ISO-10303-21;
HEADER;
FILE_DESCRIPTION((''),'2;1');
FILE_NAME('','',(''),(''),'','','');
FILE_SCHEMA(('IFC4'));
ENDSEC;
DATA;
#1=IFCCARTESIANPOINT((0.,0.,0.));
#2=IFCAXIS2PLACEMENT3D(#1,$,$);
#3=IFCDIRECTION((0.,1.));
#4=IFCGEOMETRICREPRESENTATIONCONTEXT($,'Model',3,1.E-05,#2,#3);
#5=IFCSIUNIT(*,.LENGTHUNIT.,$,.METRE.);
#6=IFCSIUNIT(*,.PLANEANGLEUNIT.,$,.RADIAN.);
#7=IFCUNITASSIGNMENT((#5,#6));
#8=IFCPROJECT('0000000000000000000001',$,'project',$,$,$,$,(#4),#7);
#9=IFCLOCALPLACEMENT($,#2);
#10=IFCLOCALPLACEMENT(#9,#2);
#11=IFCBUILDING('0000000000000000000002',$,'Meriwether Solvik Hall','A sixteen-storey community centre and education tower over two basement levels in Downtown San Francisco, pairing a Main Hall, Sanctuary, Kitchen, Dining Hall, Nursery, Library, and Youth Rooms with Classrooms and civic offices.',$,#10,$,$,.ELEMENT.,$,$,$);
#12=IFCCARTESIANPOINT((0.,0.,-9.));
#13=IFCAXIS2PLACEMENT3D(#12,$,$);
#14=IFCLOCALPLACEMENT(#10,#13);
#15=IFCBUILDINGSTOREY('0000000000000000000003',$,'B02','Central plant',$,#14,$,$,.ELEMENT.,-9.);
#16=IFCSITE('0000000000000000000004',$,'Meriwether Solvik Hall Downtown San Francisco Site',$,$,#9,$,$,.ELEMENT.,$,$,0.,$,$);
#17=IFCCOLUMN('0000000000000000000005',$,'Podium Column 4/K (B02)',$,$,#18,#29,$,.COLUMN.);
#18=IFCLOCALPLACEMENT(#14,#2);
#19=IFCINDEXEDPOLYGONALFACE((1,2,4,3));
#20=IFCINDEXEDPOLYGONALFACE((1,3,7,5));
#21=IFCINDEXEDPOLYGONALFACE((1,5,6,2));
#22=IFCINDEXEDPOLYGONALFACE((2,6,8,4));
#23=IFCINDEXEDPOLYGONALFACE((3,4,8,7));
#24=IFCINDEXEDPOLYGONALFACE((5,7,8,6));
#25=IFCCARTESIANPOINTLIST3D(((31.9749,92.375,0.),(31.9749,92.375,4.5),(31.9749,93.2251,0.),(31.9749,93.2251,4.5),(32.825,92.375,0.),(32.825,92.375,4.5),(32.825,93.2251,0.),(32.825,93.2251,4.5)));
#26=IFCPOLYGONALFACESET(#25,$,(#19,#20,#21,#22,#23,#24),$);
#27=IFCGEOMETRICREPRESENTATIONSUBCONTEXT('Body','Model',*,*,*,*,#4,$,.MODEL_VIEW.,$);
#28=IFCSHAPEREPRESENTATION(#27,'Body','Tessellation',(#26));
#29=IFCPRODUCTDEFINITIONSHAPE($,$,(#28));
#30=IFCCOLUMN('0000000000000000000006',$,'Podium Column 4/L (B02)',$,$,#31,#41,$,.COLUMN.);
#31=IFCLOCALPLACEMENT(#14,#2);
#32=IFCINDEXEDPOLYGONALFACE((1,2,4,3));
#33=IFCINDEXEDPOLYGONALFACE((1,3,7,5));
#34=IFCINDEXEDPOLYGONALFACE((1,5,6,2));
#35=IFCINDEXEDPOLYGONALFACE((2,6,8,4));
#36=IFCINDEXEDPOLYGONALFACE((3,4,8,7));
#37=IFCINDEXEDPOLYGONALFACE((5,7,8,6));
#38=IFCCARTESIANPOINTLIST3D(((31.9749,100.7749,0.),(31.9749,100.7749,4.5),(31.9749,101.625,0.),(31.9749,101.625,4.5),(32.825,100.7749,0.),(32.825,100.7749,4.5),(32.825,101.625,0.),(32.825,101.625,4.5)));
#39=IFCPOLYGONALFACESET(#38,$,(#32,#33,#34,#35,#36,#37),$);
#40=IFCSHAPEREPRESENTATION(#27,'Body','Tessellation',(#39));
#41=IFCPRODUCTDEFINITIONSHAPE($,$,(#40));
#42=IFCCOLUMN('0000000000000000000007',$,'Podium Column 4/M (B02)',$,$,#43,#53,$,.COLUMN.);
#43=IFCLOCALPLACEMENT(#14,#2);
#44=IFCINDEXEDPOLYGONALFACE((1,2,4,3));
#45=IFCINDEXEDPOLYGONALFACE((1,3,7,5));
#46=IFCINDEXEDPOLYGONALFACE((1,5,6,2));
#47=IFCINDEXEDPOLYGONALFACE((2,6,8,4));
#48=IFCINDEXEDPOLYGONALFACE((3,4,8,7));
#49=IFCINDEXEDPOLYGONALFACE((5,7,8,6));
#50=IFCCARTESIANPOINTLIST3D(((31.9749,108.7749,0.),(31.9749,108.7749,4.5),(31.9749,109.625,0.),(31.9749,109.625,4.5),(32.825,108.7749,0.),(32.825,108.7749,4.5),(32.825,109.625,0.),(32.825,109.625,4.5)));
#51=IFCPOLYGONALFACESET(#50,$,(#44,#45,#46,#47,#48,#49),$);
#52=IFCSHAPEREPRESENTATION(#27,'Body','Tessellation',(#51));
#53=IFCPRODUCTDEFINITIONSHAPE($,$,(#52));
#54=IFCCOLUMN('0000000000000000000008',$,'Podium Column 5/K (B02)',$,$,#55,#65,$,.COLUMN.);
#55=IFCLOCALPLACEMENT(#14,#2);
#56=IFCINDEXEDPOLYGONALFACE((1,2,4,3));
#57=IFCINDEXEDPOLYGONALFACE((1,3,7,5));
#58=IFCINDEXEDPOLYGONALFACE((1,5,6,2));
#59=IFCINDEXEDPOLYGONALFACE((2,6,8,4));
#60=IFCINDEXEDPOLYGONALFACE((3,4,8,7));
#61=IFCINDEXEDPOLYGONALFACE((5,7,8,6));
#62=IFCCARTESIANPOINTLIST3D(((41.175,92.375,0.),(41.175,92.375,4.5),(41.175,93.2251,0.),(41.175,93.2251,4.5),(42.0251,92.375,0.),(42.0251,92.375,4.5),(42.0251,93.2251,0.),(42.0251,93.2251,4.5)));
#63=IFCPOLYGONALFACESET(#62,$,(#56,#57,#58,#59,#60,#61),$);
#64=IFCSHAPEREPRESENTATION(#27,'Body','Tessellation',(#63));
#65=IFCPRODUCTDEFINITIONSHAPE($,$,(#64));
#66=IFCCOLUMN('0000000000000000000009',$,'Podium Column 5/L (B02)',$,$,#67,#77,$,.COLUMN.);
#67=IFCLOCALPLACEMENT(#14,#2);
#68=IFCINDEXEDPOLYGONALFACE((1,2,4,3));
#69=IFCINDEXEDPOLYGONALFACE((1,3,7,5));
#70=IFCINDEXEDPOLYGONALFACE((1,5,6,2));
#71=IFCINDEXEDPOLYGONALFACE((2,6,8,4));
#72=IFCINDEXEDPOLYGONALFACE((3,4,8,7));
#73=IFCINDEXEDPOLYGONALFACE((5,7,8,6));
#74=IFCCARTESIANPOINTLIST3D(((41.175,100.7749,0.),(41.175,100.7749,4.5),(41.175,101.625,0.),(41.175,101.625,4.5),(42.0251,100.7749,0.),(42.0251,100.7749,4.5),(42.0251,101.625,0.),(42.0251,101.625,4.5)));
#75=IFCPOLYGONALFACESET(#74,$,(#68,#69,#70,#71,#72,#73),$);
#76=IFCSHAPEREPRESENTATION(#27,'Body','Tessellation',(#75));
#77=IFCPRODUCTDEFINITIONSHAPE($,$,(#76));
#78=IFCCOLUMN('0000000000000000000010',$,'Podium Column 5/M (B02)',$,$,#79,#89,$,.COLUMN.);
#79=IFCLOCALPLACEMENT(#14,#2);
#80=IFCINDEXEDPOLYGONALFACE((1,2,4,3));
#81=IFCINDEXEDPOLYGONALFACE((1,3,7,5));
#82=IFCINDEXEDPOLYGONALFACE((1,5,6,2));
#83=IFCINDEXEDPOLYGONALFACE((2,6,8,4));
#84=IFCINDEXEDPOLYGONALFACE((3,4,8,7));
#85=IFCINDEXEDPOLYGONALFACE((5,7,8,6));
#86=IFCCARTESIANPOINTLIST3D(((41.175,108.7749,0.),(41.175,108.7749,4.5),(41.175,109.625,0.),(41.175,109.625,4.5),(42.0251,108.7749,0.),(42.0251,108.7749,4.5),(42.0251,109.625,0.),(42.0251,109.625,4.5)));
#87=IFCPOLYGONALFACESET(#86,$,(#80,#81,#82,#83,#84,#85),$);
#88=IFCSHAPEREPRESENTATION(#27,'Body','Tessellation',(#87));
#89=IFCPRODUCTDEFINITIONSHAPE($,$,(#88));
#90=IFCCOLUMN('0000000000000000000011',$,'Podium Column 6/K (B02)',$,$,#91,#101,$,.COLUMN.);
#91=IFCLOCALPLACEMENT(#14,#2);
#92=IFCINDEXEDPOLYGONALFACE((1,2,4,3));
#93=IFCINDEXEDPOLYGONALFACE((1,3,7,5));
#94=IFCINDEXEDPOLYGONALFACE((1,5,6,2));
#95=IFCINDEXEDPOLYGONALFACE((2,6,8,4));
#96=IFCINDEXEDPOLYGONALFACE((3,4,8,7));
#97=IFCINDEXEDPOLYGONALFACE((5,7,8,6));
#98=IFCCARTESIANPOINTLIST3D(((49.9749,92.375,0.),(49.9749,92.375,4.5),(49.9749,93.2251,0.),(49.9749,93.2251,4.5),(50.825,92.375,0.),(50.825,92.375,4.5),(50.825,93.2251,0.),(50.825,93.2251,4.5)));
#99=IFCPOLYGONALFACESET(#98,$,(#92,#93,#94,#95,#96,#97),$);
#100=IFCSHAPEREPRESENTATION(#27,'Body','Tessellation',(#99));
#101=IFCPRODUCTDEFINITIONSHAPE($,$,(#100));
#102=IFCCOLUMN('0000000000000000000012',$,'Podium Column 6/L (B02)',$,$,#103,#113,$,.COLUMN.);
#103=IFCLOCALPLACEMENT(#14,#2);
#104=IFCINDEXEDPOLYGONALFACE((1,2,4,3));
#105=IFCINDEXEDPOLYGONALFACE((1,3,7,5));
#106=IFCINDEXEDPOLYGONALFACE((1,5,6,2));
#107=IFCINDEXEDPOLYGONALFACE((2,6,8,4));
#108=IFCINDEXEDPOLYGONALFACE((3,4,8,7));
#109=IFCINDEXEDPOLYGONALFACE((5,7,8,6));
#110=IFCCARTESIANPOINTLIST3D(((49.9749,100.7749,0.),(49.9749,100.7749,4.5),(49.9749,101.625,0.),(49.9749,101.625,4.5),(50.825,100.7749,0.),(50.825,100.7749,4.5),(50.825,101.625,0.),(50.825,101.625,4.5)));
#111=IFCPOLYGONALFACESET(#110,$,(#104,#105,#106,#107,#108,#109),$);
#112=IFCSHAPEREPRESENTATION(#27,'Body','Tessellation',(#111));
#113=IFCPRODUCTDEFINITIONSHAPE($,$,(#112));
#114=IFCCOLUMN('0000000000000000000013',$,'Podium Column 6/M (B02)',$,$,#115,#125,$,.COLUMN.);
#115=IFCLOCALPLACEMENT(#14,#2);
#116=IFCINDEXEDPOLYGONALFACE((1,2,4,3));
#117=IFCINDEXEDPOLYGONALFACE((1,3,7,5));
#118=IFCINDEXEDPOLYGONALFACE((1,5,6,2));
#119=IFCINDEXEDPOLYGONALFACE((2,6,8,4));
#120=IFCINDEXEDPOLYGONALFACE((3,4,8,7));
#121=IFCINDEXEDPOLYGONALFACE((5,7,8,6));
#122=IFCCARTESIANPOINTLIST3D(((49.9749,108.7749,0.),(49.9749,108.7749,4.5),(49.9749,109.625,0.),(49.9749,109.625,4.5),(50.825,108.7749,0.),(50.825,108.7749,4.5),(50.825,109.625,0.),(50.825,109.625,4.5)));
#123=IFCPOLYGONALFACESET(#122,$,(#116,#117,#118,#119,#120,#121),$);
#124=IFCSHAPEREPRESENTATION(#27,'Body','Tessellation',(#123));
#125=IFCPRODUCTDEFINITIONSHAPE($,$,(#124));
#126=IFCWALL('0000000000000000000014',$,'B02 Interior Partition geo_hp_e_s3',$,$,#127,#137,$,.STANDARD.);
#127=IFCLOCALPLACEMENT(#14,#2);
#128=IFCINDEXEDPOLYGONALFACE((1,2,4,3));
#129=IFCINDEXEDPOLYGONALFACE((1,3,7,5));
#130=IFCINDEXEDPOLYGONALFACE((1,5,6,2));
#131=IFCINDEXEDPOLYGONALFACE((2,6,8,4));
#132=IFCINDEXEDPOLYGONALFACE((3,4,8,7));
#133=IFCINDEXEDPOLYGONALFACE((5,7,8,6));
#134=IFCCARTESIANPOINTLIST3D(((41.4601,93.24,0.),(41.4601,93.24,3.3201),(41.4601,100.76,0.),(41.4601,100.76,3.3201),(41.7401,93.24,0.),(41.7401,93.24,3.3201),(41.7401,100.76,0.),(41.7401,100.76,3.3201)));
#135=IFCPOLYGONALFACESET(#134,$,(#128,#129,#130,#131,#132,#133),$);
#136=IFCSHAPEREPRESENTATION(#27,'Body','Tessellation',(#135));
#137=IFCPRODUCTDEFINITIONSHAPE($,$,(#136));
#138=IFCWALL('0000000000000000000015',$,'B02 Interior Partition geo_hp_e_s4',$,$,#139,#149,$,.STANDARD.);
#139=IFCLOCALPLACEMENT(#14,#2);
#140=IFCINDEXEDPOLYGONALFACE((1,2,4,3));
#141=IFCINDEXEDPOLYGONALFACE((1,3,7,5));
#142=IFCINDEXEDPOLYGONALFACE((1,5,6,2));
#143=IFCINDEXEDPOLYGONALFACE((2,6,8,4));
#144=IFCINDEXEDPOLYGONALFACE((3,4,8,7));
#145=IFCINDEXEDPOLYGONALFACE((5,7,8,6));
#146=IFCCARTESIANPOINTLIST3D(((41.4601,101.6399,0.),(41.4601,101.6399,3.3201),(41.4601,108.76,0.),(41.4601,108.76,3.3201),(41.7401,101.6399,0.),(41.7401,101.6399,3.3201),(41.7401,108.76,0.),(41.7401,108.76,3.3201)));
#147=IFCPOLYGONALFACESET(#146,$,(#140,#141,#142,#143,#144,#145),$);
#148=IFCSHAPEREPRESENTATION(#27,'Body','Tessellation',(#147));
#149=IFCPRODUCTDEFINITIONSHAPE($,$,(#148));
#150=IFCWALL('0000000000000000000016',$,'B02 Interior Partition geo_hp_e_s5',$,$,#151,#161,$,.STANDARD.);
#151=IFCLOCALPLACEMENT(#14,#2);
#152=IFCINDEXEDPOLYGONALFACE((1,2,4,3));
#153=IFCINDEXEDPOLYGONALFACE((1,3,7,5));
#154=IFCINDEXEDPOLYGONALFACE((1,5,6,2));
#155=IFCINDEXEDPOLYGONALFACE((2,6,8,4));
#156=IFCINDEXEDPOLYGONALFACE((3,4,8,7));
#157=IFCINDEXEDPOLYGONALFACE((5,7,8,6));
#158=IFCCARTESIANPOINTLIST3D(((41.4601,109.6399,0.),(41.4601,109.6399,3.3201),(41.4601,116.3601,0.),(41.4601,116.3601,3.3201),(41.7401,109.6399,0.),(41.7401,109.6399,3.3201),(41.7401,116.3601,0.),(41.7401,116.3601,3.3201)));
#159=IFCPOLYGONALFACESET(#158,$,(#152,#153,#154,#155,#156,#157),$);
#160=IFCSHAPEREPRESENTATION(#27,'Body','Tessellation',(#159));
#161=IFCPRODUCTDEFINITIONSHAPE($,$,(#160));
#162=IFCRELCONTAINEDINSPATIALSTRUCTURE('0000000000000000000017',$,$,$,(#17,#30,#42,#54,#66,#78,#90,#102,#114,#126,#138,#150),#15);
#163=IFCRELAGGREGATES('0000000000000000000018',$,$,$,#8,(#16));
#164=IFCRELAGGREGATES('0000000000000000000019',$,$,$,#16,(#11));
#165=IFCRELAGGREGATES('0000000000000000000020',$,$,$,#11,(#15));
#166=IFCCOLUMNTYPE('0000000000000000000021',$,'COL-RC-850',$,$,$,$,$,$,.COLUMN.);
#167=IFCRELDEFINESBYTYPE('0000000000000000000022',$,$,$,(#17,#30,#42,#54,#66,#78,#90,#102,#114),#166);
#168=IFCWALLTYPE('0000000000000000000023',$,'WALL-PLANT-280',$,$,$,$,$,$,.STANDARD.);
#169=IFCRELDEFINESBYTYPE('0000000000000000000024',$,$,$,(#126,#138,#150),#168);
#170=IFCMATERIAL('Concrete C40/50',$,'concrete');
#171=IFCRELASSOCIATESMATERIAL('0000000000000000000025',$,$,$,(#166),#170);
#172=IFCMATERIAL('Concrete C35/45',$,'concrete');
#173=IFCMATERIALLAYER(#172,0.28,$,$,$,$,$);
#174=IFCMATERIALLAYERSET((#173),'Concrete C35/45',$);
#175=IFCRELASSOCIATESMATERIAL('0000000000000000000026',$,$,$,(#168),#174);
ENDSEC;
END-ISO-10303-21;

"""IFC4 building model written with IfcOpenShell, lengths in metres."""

from ifc_helpers import new_model, si_unit, direction, frame, frame_2d, origin, origin_2d, place, context, subcontext, project, spatial, rectangle, extrude, material, layer, layer_set, material_profile, profile_set, type_object, element, save


model = new_model("IFC4")

# Units and contexts
model_context = context("Model", 3, precision=1e-05, world=origin(), true_north=direction((0.0, 1.0)))
body_context = subcontext(model_context, "Body", "Model", "MODEL_VIEW")
ifc_project = project(units=[si_unit("LENGTHUNIT", "METRE"), si_unit("PLANEANGLEUNIT", "RADIAN")], contexts=[model_context])

# Site, building, storey
site_placement = place(None, origin())
site = spatial("IfcSite", under=ifc_project, at=site_placement, Name="Meriwether Solvik Hall Downtown San Francisco Site", CompositionType="ELEMENT", RefElevation=0.0)
building_placement = place(site_placement, origin())
building = spatial("IfcBuilding", under=site, at=building_placement, Name="Meriwether Solvik Hall", Description="A sixteen-storey community centre and education tower over two basement levels in Downtown San Francisco, pairing a Main Hall, Sanctuary, Kitchen, Dining Hall, Nursery, Library, and Youth Rooms with Classrooms and civic offices.", CompositionType="ELEMENT")
storey_placement = place(building_placement, frame((0.0, 0.0, -9.0)))
storey = spatial("IfcBuildingStorey", under=building, at=storey_placement, Name="B02", Description="Central plant", CompositionType="ELEMENT", Elevation=-9.0)

# Columns
ifc_material_1 = material(Name="Concrete C40/50", Category="concrete")
ifc_material_profile_1 = material_profile(ifc_material_1, rectangle(XDim=0.8501, YDim=0.8501, at=origin_2d()), Name="RCC-850X850")
ifc_profile_set_1 = profile_set([ifc_material_profile_1], Name="Concrete C40/50")
column_type_1 = type_object("IfcColumnType", Name="COL-RC-850", PredefinedType="COLUMN", material=ifc_profile_set_1)
for number, where, z_axis, x_axis, name in (
    (1, (32.3999, 92.8, 0.0), (0.0, 0.0, 1.0), (1.0, 0.0, 0.0), "Podium Column 4/K (B02)"),
    (2, (32.3999, 101.2, 0.0), (0.0, 0.0, 1.0), (1.0, 0.0, 0.0), "Podium Column 4/L (B02)"),
    (3, (32.3999, 109.2, 0.0), (0.0, 0.0, 1.0), (1.0, 0.0, 0.0), "Podium Column 4/M (B02)"),
    (4, (41.6001, 92.8, 0.0), (0.0, 0.0, 1.0), (1.0, 0.0, 0.0), "Podium Column 5/K (B02)"),
    (5, (41.6001, 101.2, 0.0), (0.0, 0.0, 1.0), (1.0, 0.0, 0.0), "Podium Column 5/L (B02)"),
    (6, (41.6001, 109.2, 0.0), (0.0, 0.0, 1.0), (1.0, 0.0, 0.0), "Podium Column 5/M (B02)"),
    (7, (50.3999, 92.8, 0.0), (0.0, 0.0, 1.0), (1.0, 0.0, 0.0), "Podium Column 6/K (B02)"),
    (8, (50.3999, 101.2, 0.0), (0.0, 0.0, 1.0), (1.0, 0.0, 0.0), "Podium Column 6/L (B02)"),
    (9, (50.3999, 109.2, 0.0), (0.0, 0.0, 1.0), (1.0, 0.0, 0.0), "Podium Column 6/M (B02)"),
):
    element("IfcColumn", number, at=place(storey_placement, frame(where, z_axis=z_axis, x_axis=x_axis)), inside=storey, type_object=column_type_1, Name=name, PredefinedType="COLUMN", context=body_context, shape_type="SweptSolid", body=[
        extrude(rectangle(XDim=0.8501, YDim=0.8501, at=origin_2d()), origin(), (0.0, 0.0, 1.0), 4.5),
    ])

# Walls
ifc_material_2 = material(Name="Concrete C35/45", Category="concrete")
ifc_layer_1 = layer(ifc_material_2, 0.28)
ifc_layer_set_1 = layer_set([ifc_layer_1], Name="Concrete C35/45")
wall_type = type_object("IfcWallType", Name="WALL-PLANT-280", PredefinedType="STANDARD", material=ifc_layer_set_1)
wall_1_placement = place(storey_placement, frame((41.6001, 93.24, 0.0), z_axis=(0.0, 0.0, 1.0), x_axis=(0.0, 1.0, 0.0)))
element("IfcWall", 10, at=wall_1_placement, inside=storey, type_object=wall_type, Name="B02 Interior Partition geo_hp_e_s3", PredefinedType="STANDARD", context=body_context, shape_type="SweptSolid", body=[
    extrude(rectangle(XDim=7.52, YDim=0.28, at=frame_2d((3.76, 0.0))), origin(), (0.0, 0.0, 1.0), 3.3201),
])
wall_2_placement = place(storey_placement, frame((41.6001, 101.6399, 0.0), z_axis=(0.0, 0.0, 1.0), x_axis=(0.0, 1.0, 0.0)))
element("IfcWall", 11, at=wall_2_placement, inside=storey, type_object=wall_type, Name="B02 Interior Partition geo_hp_e_s4", PredefinedType="STANDARD", context=body_context, shape_type="SweptSolid", body=[
    extrude(rectangle(XDim=7.1201, YDim=0.28, at=frame_2d((3.5601, 0.0))), origin(), (0.0, 0.0, 1.0), 3.3201),
])
wall_3_placement = place(storey_placement, frame((41.6001, 109.6399, 0.0), z_axis=(0.0, 0.0, 1.0), x_axis=(0.0, 1.0, 0.0)))
element("IfcWall", 12, at=wall_3_placement, inside=storey, type_object=wall_type, Name="B02 Interior Partition geo_hp_e_s5", PredefinedType="STANDARD", context=body_context, shape_type="SweptSolid", body=[
    extrude(rectangle(XDim=6.7202, YDim=0.28, at=frame_2d((3.3601, 0.0))), origin(), (0.0, 0.0, 1.0), 3.3201),
])

save(model, "model.ifc")
